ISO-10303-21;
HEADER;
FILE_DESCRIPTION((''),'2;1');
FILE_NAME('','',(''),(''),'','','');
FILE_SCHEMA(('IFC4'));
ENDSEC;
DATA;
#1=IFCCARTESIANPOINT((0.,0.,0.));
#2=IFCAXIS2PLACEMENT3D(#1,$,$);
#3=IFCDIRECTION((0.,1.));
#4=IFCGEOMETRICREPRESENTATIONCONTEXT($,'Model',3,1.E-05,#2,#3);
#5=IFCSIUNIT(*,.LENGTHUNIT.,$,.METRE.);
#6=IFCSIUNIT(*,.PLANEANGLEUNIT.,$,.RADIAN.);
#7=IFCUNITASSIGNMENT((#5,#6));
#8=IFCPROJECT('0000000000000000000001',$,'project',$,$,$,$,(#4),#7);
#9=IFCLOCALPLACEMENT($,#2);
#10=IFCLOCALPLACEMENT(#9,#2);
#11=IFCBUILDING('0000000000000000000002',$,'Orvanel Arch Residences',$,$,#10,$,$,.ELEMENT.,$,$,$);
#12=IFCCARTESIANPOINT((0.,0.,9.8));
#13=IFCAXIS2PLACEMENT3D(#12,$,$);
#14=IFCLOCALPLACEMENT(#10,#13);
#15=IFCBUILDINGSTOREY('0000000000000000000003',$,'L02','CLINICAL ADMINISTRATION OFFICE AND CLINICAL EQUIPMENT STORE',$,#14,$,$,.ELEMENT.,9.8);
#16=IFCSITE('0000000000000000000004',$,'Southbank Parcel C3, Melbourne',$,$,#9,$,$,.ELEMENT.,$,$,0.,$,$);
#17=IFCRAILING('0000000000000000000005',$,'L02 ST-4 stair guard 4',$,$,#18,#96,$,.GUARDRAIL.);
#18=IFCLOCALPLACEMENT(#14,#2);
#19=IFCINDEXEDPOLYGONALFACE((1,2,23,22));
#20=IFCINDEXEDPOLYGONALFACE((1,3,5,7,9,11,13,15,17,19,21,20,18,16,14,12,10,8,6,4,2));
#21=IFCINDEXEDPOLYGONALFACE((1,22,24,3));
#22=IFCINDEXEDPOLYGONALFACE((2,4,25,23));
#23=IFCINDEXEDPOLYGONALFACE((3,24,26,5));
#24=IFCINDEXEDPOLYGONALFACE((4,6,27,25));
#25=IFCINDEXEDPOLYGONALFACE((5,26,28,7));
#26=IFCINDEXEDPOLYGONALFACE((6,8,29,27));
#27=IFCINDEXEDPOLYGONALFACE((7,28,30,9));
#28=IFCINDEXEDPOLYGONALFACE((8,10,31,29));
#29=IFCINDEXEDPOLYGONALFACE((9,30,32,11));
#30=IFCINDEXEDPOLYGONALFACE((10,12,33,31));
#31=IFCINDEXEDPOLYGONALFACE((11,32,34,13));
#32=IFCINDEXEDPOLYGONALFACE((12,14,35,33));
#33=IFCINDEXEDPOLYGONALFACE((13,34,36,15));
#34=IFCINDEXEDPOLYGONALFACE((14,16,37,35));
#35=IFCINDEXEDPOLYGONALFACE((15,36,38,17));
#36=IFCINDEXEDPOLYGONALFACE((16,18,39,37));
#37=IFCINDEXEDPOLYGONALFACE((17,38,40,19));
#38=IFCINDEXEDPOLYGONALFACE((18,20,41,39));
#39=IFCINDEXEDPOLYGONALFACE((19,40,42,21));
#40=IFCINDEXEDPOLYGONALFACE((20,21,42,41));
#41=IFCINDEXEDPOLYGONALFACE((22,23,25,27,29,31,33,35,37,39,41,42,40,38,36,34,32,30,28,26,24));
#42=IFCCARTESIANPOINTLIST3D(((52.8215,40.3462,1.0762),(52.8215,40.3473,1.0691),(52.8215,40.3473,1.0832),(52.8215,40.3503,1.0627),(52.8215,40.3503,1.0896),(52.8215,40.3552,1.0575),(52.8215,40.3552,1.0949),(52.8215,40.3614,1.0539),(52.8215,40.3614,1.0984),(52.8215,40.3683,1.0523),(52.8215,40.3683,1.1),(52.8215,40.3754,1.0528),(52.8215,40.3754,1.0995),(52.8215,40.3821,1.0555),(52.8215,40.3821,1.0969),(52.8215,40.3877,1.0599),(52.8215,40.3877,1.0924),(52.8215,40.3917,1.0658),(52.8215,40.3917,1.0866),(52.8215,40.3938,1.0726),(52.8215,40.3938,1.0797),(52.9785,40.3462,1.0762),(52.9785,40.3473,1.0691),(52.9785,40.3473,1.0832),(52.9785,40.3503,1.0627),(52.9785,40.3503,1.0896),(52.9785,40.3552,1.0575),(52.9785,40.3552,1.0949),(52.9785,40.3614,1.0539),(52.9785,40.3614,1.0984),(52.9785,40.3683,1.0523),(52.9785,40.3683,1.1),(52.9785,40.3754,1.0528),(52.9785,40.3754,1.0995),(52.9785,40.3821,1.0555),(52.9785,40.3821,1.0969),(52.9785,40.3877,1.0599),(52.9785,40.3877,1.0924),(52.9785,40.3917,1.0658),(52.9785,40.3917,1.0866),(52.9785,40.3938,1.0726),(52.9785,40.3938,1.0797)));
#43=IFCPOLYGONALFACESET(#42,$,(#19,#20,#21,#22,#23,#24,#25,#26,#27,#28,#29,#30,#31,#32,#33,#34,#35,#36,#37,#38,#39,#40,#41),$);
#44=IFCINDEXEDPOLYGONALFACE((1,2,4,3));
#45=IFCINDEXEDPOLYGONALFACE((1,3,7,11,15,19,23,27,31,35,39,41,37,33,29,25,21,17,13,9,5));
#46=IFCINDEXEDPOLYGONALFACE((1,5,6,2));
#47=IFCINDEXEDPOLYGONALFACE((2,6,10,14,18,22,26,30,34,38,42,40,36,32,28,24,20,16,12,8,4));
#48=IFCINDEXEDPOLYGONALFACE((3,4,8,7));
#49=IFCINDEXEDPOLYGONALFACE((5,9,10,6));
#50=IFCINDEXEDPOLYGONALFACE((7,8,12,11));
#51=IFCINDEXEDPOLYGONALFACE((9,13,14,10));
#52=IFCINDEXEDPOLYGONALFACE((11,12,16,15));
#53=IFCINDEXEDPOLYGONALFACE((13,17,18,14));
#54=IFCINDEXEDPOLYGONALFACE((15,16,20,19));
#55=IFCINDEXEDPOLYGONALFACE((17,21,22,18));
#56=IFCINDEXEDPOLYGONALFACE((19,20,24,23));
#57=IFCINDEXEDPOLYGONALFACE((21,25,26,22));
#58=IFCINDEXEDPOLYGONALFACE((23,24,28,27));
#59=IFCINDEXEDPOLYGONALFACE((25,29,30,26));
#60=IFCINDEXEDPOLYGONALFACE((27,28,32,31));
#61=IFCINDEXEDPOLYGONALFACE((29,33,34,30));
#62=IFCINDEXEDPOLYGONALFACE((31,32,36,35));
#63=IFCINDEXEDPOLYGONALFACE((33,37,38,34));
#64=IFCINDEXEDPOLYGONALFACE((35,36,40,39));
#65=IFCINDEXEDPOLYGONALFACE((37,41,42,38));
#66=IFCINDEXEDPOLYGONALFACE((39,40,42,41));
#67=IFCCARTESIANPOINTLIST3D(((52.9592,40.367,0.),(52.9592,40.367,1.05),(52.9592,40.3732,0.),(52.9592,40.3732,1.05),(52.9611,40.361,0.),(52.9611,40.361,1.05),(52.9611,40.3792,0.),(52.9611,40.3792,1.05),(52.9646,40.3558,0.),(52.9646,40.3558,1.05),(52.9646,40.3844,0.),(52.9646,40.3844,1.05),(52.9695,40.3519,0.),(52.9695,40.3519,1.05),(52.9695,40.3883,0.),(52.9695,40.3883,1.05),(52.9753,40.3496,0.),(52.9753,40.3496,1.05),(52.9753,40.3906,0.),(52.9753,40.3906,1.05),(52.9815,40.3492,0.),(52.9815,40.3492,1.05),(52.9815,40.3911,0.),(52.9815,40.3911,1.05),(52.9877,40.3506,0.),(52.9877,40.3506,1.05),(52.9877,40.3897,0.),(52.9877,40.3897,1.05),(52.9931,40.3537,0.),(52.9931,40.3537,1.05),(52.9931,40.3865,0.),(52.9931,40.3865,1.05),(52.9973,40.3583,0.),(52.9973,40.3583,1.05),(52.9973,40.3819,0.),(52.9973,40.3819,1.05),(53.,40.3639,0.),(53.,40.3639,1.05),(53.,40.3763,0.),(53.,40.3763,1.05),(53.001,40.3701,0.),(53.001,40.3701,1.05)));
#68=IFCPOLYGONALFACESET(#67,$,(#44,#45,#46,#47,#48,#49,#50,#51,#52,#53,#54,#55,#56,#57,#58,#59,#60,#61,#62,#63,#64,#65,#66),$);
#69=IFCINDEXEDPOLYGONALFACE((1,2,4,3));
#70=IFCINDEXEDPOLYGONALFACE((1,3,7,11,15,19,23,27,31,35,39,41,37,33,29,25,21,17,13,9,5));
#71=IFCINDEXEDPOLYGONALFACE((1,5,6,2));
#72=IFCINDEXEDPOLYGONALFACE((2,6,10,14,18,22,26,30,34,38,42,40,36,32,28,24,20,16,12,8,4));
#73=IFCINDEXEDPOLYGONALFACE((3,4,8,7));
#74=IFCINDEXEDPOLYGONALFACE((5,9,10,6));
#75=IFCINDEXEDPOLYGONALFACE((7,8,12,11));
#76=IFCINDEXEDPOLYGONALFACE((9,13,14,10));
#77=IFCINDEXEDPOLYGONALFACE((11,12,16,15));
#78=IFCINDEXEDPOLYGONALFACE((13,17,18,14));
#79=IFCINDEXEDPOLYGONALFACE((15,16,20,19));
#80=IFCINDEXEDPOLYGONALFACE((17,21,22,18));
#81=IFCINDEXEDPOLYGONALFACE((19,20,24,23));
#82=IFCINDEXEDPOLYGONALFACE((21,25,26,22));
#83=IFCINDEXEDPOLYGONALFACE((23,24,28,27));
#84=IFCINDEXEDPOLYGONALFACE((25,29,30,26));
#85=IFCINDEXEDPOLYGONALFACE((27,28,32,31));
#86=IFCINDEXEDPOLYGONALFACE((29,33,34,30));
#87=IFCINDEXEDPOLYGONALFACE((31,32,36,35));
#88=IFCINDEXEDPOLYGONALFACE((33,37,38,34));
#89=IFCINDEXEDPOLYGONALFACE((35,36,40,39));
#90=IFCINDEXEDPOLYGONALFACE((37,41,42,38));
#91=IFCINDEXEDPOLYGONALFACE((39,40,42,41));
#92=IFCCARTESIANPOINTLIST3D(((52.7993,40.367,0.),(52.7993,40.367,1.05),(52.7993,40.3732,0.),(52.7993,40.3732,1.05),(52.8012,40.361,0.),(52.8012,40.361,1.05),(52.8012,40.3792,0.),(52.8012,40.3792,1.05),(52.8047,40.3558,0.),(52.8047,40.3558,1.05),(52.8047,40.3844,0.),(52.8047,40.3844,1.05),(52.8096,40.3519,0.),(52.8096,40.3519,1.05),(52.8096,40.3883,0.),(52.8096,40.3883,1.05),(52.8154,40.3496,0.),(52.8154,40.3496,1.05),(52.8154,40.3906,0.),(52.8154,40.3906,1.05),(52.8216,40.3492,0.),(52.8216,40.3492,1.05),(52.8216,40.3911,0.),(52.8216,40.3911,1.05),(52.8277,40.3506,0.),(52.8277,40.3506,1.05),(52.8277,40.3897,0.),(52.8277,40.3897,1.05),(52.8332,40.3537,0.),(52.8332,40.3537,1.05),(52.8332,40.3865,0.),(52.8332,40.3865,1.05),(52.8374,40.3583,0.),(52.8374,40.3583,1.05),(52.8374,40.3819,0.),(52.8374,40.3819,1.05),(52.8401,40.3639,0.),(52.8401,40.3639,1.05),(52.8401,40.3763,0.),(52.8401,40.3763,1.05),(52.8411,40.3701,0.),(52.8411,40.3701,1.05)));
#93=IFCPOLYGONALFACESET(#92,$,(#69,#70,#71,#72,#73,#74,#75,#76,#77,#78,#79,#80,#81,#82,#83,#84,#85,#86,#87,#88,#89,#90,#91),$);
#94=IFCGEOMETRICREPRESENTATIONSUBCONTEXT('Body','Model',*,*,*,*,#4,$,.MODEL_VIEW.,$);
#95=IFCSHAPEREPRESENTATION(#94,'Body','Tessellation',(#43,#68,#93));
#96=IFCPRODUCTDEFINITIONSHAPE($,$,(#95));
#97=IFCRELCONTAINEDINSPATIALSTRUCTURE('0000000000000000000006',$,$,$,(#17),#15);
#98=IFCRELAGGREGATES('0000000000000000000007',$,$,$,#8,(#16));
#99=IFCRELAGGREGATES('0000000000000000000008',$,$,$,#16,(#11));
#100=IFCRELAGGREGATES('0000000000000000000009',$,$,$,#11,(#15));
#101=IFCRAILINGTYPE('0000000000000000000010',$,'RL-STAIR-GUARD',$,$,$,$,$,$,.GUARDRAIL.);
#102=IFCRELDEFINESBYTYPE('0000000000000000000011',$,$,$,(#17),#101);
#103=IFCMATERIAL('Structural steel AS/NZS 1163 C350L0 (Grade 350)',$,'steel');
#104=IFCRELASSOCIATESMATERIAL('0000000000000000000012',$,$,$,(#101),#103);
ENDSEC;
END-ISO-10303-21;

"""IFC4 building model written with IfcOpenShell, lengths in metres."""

from ifc_helpers import new_model, si_unit, direction, frame, origin, origin_2d, place, context, subcontext, project, spatial, circle, extrude, material, type_object, element, save


model = new_model("IFC4")

# Units and contexts
model_context = context("Model", 3, precision=1e-05, world=origin(), true_north=direction((0.0, 1.0)))
body_context = subcontext(model_context, "Body", "Model", "MODEL_VIEW")
ifc_project = project(units=[si_unit("LENGTHUNIT", "METRE"), si_unit("PLANEANGLEUNIT", "RADIAN")], contexts=[model_context])

# Site, building, storey
site_placement = place(None, origin())
site = spatial("IfcSite", under=ifc_project, at=site_placement, Name="Southbank Parcel C3, Melbourne", CompositionType="ELEMENT", RefElevation=0.0)
building_placement = place(site_placement, origin())
building = spatial("IfcBuilding", under=site, at=building_placement, Name="Orvanel Arch Residences", CompositionType="ELEMENT")
storey_placement = place(building_placement, frame((0.0, 0.0, 9.8)))
storey = spatial("IfcBuildingStorey", under=building, at=storey_placement, Name="L02", Description="CLINICAL ADMINISTRATION OFFICE AND CLINICAL EQUIPMENT STORE", CompositionType="ELEMENT", Elevation=9.8)

# Railing
ifc_material_1 = material(Name="Structural steel AS/NZS 1163 C350L0 (Grade 350)", Category="steel")
railing_type_1 = type_object("IfcRailingType", Name="RL-STAIR-GUARD", PredefinedType="GUARDRAIL", material=ifc_material_1)
railing_1_placement = place(storey_placement, frame((52.98, 40.3701, 0.0)))
element("IfcRailing", 1, at=railing_1_placement, inside=storey, type_object=railing_type_1, Name="L02 ST-4 stair guard 4", PredefinedType="GUARDRAIL", context=body_context, shape_type="SweptSolid", body=[
    extrude(circle(Radius=0.0239, at=origin_2d()), frame((-0.0015, 0.0, 1.0762), z_axis=(-1.0, 0.0, 0.0), x_axis=(0.0, -1.0, 0.0)), (0.0, 0.0, 1.0), 0.157),
    extrude(circle(Radius=0.021, at=origin_2d()), origin(), (0.0, 0.0, 1.0), 1.05),
    extrude(circle(Radius=0.021, at=origin_2d()), frame((-0.1599, 0.0, 0.0)), (0.0, 0.0, 1.0), 1.05),
])

save(model, "model.ifc")
